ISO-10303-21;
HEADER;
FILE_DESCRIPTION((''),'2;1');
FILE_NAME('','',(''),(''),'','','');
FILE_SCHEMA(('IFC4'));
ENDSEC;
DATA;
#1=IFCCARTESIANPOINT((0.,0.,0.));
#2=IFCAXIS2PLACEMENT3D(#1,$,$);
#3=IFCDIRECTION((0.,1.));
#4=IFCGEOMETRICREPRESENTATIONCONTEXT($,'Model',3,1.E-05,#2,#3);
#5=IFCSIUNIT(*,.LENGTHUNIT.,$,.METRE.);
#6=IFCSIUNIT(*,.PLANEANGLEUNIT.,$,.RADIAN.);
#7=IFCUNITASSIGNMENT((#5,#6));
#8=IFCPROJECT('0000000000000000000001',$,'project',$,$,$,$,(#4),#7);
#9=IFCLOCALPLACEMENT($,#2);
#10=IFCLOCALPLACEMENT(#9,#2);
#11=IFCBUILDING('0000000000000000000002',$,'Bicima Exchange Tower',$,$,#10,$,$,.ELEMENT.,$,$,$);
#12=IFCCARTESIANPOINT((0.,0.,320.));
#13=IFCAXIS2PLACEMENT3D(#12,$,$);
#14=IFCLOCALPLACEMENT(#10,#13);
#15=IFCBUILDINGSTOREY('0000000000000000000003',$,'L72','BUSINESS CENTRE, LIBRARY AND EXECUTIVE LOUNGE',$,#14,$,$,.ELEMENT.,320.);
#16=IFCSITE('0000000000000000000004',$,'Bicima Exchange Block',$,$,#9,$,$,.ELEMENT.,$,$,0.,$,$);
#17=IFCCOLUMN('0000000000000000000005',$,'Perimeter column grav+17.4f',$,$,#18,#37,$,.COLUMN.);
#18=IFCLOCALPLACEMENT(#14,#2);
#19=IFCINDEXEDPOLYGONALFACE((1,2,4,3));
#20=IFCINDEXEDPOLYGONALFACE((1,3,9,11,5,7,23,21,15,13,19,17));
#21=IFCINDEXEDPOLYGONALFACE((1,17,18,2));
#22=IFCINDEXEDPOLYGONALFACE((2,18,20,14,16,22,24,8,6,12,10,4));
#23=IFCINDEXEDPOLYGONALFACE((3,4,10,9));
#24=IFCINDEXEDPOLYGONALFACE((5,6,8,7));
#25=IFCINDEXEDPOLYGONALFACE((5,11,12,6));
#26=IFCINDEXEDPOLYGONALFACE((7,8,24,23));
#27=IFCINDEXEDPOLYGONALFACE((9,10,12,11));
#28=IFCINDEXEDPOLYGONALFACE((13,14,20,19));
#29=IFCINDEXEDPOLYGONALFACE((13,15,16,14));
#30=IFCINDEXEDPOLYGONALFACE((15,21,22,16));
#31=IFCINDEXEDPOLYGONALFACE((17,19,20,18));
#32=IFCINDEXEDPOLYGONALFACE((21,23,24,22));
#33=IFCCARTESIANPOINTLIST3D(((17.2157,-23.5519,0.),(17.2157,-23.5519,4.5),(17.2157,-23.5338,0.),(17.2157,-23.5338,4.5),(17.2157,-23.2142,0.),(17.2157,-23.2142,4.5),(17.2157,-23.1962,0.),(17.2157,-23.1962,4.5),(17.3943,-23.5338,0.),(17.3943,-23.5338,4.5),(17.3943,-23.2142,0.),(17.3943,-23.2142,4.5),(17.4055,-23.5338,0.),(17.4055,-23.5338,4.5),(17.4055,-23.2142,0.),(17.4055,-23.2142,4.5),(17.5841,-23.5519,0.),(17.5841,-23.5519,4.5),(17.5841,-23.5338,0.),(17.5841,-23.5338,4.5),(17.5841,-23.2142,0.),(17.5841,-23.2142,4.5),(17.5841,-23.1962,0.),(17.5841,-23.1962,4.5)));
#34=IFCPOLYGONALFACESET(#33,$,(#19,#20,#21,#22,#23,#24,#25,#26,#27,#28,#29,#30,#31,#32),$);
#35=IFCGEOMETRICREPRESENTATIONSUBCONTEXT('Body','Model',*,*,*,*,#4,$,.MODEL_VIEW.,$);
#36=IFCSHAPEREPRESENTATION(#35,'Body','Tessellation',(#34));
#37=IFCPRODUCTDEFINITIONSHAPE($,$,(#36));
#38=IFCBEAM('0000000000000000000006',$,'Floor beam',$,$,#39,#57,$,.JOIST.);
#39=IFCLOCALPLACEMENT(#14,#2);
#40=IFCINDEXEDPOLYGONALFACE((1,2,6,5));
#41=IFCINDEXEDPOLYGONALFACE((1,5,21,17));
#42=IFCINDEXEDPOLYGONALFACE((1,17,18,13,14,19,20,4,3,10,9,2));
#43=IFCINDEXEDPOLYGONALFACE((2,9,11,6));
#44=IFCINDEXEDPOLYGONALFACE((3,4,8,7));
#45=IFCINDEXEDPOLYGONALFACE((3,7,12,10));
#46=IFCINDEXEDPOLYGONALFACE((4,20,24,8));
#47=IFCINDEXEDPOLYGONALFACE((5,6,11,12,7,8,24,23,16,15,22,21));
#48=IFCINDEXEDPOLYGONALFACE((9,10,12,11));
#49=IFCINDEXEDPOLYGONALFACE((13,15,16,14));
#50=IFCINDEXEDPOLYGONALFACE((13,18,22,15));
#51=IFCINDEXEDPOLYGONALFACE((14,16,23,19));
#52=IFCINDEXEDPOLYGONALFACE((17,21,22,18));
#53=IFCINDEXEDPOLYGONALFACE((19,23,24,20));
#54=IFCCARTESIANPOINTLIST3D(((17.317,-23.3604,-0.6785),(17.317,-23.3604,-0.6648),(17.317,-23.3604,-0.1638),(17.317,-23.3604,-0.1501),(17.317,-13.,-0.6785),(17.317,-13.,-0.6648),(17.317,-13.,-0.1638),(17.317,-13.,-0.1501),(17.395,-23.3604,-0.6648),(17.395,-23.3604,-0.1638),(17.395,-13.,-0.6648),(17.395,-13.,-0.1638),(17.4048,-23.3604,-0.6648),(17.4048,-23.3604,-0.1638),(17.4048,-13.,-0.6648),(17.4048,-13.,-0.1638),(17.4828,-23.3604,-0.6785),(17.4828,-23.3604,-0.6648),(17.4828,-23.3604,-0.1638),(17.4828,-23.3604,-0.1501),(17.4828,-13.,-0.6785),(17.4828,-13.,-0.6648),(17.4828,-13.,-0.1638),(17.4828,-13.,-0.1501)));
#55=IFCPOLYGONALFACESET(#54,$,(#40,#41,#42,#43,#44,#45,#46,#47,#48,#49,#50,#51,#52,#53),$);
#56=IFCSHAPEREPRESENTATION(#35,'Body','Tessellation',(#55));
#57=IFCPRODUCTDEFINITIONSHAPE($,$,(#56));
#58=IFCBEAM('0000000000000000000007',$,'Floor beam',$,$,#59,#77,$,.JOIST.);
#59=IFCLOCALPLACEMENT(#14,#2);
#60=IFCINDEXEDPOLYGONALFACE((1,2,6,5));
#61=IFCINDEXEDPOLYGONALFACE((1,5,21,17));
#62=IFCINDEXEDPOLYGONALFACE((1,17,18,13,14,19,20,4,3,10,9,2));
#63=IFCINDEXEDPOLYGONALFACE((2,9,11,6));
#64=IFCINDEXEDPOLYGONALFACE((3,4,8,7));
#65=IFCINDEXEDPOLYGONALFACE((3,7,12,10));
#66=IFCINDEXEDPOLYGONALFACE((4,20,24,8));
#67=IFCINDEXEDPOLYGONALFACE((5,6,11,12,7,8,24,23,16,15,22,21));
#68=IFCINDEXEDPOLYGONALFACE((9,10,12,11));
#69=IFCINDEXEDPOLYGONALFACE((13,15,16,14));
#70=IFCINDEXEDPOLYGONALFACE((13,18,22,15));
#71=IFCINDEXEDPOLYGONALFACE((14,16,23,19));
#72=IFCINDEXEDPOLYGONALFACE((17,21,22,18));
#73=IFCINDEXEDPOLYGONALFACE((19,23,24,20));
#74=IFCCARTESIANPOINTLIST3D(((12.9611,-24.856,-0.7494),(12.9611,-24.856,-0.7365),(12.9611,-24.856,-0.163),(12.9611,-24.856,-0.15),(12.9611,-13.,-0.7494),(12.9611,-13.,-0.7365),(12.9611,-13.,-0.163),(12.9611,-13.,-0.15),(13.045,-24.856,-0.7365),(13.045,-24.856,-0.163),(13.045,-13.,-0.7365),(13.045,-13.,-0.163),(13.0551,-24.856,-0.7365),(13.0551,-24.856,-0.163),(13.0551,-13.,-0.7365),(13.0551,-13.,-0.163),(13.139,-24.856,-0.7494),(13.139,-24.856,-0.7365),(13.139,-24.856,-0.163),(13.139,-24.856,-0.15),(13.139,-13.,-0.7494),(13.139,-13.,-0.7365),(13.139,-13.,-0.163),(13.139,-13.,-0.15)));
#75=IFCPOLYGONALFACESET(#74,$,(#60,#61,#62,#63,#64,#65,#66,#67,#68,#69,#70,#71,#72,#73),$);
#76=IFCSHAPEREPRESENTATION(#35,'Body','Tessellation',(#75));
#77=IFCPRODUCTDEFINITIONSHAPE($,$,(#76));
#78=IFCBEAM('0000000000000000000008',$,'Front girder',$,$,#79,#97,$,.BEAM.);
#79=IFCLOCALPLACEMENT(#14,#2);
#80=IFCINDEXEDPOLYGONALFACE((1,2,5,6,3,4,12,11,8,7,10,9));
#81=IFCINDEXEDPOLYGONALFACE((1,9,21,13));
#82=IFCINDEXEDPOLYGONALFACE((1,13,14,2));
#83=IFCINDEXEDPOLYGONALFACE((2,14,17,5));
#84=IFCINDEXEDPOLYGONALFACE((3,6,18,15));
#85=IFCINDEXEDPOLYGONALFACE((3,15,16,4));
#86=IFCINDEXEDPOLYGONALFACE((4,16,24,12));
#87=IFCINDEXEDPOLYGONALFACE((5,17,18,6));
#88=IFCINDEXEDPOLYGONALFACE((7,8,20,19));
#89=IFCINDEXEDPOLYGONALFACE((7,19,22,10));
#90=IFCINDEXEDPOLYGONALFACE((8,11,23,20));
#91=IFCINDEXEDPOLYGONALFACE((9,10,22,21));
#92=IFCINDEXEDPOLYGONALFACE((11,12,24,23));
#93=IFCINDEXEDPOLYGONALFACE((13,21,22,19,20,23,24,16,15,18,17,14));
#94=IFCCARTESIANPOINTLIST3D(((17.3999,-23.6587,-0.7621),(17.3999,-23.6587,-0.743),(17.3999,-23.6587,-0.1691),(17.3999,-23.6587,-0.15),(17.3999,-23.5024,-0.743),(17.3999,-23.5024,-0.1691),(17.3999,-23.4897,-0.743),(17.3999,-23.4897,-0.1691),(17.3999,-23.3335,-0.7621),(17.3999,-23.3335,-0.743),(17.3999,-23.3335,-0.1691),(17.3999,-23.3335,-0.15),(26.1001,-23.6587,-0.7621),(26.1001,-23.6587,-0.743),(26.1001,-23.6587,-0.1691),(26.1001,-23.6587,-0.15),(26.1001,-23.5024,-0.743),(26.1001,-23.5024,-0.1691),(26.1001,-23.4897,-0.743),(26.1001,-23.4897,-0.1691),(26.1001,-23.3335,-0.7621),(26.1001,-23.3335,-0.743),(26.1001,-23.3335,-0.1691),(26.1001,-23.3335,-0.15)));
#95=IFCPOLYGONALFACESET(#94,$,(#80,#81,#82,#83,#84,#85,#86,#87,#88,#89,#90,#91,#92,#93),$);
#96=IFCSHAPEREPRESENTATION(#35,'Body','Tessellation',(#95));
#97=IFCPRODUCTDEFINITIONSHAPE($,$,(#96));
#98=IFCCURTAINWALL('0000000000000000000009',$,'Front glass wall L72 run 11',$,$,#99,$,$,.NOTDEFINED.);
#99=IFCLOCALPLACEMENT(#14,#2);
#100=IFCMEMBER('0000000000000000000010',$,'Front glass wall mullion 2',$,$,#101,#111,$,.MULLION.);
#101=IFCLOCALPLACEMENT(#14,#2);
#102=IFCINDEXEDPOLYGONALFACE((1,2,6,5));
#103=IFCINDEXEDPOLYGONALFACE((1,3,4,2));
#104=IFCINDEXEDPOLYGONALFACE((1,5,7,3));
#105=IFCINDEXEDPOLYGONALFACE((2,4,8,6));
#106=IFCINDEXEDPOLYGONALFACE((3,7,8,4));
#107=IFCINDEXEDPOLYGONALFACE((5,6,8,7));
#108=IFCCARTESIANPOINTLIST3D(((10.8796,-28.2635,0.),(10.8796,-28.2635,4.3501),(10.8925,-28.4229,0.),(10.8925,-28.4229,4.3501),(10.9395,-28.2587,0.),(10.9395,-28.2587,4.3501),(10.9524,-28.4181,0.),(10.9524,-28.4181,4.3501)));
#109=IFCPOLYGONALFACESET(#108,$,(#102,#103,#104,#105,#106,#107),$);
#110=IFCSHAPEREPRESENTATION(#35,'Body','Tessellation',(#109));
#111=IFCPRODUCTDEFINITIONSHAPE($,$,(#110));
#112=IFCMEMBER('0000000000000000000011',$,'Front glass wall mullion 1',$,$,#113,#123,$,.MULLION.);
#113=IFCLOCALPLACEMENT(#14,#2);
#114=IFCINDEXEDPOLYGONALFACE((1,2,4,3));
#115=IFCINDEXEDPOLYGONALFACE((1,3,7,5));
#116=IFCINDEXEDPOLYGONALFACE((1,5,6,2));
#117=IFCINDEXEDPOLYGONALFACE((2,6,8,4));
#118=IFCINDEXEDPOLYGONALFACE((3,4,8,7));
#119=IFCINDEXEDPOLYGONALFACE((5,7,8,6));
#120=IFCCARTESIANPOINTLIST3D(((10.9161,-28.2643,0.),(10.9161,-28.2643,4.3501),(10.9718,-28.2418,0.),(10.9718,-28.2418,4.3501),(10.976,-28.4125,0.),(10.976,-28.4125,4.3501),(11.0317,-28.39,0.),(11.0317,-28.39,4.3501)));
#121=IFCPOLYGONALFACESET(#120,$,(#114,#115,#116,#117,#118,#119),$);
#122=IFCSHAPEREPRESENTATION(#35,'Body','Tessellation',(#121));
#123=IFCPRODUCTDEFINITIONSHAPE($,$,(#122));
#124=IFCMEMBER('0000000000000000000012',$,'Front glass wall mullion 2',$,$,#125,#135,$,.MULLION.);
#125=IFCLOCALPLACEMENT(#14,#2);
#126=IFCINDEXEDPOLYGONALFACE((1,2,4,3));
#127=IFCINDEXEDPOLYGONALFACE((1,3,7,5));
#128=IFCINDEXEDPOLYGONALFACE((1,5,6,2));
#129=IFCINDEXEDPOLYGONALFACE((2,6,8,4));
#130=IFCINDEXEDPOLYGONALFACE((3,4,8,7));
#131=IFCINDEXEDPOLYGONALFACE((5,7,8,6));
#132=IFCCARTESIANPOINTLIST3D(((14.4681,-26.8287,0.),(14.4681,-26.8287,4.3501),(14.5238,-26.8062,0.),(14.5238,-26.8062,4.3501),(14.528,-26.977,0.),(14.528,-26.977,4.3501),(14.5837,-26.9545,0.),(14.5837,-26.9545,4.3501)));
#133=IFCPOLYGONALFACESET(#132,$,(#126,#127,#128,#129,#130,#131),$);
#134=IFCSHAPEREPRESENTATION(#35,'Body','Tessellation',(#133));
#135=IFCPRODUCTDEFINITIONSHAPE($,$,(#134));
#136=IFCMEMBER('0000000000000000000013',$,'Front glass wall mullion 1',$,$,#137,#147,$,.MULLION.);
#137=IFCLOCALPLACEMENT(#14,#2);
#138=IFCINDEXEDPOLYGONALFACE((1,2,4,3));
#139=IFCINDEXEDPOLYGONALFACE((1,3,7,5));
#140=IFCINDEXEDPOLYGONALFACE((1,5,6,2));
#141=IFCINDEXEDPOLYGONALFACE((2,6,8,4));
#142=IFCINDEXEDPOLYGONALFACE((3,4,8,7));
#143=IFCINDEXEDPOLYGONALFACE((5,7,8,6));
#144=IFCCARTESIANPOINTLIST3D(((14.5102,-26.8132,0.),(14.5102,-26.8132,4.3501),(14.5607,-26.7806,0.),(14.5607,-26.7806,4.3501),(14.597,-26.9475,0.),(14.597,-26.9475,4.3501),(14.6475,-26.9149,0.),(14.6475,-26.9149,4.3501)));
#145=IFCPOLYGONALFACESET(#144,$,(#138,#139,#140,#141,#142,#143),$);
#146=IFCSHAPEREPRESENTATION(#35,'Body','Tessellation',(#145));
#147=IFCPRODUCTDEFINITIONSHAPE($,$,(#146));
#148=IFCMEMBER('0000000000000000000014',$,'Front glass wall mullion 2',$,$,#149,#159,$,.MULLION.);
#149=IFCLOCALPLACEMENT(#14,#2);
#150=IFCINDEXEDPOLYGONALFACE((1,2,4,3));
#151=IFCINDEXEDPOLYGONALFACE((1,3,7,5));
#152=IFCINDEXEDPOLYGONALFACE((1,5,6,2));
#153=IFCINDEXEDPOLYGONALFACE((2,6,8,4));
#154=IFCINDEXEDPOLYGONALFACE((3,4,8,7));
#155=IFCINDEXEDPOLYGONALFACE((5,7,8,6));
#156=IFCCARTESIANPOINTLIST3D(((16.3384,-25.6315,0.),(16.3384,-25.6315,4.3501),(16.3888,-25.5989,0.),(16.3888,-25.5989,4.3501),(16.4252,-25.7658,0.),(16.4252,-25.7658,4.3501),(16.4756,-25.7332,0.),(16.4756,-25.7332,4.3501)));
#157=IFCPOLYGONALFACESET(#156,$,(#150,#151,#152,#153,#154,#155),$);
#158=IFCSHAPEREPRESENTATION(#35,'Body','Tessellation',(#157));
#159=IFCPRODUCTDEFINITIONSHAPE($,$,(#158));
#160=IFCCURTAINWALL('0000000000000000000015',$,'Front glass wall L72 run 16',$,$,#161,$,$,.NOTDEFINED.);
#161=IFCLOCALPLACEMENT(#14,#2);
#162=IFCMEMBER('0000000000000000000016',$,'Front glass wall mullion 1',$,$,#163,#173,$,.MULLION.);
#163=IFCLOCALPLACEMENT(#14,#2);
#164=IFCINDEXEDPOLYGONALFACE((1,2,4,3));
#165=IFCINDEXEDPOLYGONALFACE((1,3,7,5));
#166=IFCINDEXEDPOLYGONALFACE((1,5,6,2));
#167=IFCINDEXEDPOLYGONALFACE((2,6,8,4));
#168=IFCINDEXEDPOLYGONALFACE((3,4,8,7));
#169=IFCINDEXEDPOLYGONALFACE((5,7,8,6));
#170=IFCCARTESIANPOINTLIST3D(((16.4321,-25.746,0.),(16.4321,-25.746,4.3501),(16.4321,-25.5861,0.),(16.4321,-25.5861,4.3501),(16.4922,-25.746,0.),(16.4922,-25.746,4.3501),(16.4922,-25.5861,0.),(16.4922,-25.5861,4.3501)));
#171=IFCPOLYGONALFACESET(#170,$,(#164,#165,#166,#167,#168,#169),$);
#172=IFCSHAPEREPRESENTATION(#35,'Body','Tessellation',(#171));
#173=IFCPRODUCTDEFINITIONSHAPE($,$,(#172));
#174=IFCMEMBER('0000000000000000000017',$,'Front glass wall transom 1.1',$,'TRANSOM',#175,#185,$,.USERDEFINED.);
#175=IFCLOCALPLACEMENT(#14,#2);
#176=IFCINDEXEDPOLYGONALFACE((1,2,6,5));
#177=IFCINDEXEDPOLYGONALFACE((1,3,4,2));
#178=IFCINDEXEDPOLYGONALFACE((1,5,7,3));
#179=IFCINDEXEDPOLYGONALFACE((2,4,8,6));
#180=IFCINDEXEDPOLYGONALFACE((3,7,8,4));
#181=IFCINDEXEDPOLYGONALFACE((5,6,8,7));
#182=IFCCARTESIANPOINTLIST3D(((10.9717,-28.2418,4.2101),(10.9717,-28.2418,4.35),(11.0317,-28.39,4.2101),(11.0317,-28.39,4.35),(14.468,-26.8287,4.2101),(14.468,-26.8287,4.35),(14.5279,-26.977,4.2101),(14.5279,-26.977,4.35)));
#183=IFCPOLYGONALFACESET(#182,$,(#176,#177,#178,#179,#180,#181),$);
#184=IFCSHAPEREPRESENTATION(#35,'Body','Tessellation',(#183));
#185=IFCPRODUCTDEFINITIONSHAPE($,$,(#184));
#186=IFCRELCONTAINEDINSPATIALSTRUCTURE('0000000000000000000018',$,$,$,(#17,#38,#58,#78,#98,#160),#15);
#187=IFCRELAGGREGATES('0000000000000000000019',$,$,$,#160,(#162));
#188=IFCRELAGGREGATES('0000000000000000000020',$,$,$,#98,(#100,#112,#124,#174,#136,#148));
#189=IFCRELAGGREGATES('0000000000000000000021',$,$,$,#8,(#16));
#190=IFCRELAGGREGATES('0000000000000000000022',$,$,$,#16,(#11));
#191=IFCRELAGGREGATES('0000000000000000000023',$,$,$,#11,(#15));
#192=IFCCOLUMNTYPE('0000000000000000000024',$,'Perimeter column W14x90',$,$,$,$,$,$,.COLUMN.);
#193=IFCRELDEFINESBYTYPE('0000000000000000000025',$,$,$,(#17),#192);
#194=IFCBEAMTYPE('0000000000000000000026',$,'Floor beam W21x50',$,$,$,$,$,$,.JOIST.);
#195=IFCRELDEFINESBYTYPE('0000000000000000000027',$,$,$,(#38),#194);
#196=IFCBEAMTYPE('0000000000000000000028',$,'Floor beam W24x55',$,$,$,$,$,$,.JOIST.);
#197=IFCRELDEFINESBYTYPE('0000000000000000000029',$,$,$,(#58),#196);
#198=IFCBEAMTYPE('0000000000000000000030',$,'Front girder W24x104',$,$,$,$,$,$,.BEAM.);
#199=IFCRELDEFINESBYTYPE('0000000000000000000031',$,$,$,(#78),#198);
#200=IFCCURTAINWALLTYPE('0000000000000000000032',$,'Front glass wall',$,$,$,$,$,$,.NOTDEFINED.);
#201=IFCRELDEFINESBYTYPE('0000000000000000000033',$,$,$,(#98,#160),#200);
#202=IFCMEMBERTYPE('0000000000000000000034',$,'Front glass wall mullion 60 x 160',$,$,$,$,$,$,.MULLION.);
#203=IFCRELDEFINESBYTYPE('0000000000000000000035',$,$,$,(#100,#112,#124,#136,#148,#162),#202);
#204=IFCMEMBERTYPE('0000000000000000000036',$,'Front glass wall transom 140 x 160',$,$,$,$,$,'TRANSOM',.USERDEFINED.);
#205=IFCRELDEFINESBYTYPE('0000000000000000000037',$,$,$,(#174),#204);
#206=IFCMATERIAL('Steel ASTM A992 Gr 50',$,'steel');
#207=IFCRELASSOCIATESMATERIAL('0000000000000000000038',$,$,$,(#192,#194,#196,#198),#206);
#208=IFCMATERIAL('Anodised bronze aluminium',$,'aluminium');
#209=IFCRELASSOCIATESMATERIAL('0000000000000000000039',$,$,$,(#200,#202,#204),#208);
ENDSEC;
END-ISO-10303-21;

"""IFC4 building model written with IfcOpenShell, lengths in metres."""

from ifc_helpers import new_model, si_unit, direction, frame, origin, origin_2d, place, context, subcontext, project, spatial, rectangle, i_section, extrude, material, material_profile, profile_set, type_object, element, aggregate, save


model = new_model("IFC4")

# Units and contexts
model_context = context("Model", 3, precision=1e-05, world=origin(), true_north=direction((0.0, 1.0)))
body_context = subcontext(model_context, "Body", "Model", "MODEL_VIEW")
ifc_project = project(units=[si_unit("LENGTHUNIT", "METRE"), si_unit("PLANEANGLEUNIT", "RADIAN")], contexts=[model_context])

# Site, building, storey
site_placement = place(None, origin())
site = spatial("IfcSite", under=ifc_project, at=site_placement, Name="Bicima Exchange Block", CompositionType="ELEMENT", RefElevation=0.0)
building_placement = place(site_placement, origin())
building = spatial("IfcBuilding", under=site, at=building_placement, Name="Bicima Exchange Tower", CompositionType="ELEMENT")
storey_placement = place(building_placement, frame((0.0, 0.0, 320.0)))
storey = spatial("IfcBuildingStorey", under=building, at=storey_placement, Name="L72", Description="BUSINESS CENTRE, LIBRARY AND EXECUTIVE LOUNGE", CompositionType="ELEMENT", Elevation=320.0)

# Column
ifc_material_1 = material(Name="Steel ASTM A992 Gr 50", Category="steel")
ifc_material_profile_1 = material_profile(ifc_material_1, i_section(OverallWidth=0.3684, OverallDepth=0.3557, WebThickness=0.0112, FlangeThickness=0.0181, at=origin_2d()))
ifc_profile_set_1 = profile_set([ifc_material_profile_1], Name="Steel ASTM A992 Gr 50")
column_type = type_object("IfcColumnType", Name="Perimeter column W14x90", PredefinedType="COLUMN", material=ifc_profile_set_1)
column_placement = place(storey_placement, frame((17.3999, -23.374, 0.0), z_axis=(0.0, 0.0, 1.0), x_axis=(1.0, 0.0, 0.0)))
element("IfcColumn", 1, at=column_placement, inside=storey, type_object=column_type, Name="Perimeter column grav+17.4f", PredefinedType="COLUMN", context=body_context, shape_type="SweptSolid", body=[
    extrude(i_section(OverallWidth=0.3684, OverallDepth=0.3557, WebThickness=0.0112, FlangeThickness=0.0181, at=origin_2d()), origin(), (0.0, 0.0, 1.0), 4.5),
])

# Beams
ifc_material_profile_2 = material_profile(ifc_material_1, i_section(OverallWidth=0.1658, OverallDepth=0.5283, WebThickness=0.0098, FlangeThickness=0.0137, at=origin_2d()))
ifc_profile_set_2 = profile_set([ifc_material_profile_2], Name="Steel ASTM A992 Gr 50")
beam_type_1 = type_object("IfcBeamType", Name="Floor beam W21x50", PredefinedType="JOIST", material=ifc_profile_set_2)
beam_1_placement = place(storey_placement, frame((17.3999, -13.0, -0.4143), z_axis=(0.0, -1.0, 0.0), x_axis=(1.0, 0.0, 0.0)))
element("IfcBeam", 2, at=beam_1_placement, inside=storey, type_object=beam_type_1, Name="Floor beam", PredefinedType="JOIST", context=body_context, shape_type="SweptSolid", body=[
    extrude(i_section(OverallWidth=0.1658, OverallDepth=0.5283, WebThickness=0.0098, FlangeThickness=0.0137, at=origin_2d()), origin(), (0.0, 0.0, 1.0), 10.3604),
])
ifc_material_profile_3 = material_profile(ifc_material_1, i_section(OverallWidth=0.178, OverallDepth=0.5994, WebThickness=0.01, FlangeThickness=0.0129, at=origin_2d()))
ifc_profile_set_3 = profile_set([ifc_material_profile_3], Name="Steel ASTM A992 Gr 50")
beam_type_2 = type_object("IfcBeamType", Name="Floor beam W24x55", PredefinedType="JOIST", material=ifc_profile_set_3)
beam_2_placement = place(storey_placement, frame((13.05, -13.0, -0.4497), z_axis=(0.0, -1.0, 0.0), x_axis=(1.0, 0.0, 0.0)))
element("IfcBeam", 3, at=beam_2_placement, inside=storey, type_object=beam_type_2, Name="Floor beam", PredefinedType="JOIST", context=body_context, shape_type="SweptSolid", body=[
    extrude(i_section(OverallWidth=0.178, OverallDepth=0.5994, WebThickness=0.01, FlangeThickness=0.0129, at=origin_2d()), origin(), (0.0, 0.0, 1.0), 11.856),
])
ifc_material_profile_4 = material_profile(ifc_material_1, i_section(OverallWidth=0.3252, OverallDepth=0.6121, WebThickness=0.0127, FlangeThickness=0.019, at=origin_2d()))
ifc_profile_set_4 = profile_set([ifc_material_profile_4], Name="Steel ASTM A992 Gr 50")
beam_type_3 = type_object("IfcBeamType", Name="Front girder W24x104", PredefinedType="BEAM", material=ifc_profile_set_4)
beam_3_placement = place(storey_placement, frame((17.3999, -23.4961, -0.4561), z_axis=(1.0, 0.0, 0.0), x_axis=(0.0, 1.0, 0.0)))
element("IfcBeam", 4, at=beam_3_placement, inside=storey, type_object=beam_type_3, Name="Front girder", PredefinedType="BEAM", context=body_context, shape_type="SweptSolid", body=[
    extrude(i_section(OverallWidth=0.3252, OverallDepth=0.6121, WebThickness=0.0127, FlangeThickness=0.019, at=origin_2d()), origin(), (0.0, 0.0, 1.0), 8.7002),
])

# Curtain wall, members
ifc_material_2 = material(Name="Anodised bronze aluminium", Category="aluminium")
curtain_wall_type = type_object("IfcCurtainWallType", Name="Front glass wall", PredefinedType="NOTDEFINED", material=ifc_material_2)
curtain_wall_1_placement = place(storey_placement, origin())
curtain_wall_1 = element("IfcCurtainWall", 5, at=curtain_wall_1_placement, inside=storey, type_object=curtain_wall_type, Name="Front glass wall L72 run 11", PredefinedType="NOTDEFINED")
ifc_material_profile_5 = material_profile(ifc_material_2, rectangle(XDim=0.1599, YDim=0.0601, at=origin_2d()))
ifc_profile_set_5 = profile_set([ifc_material_profile_5], Name="Anodised bronze aluminium")
member_type_1 = type_object("IfcMemberType", Name="Front glass wall mullion 60 x 160", PredefinedType="MULLION", material=ifc_profile_set_5)
member_1_placement = place(storey_placement, frame((10.916, -28.3408, 0.0), z_axis=(0.0, 0.0, 1.0), x_axis=(-0.080589, 0.996747, 0.0)))
member_1 = element("IfcMember", 6, at=member_1_placement, type_object=member_type_1, Name="Front glass wall mullion 2", PredefinedType="MULLION", context=body_context, shape_type="SweptSolid", body=[
    extrude(rectangle(XDim=0.1599, YDim=0.0601, at=origin_2d()), origin(), (0.0, 0.0, 1.0), 4.3501),
])
member_2_placement = place(storey_placement, frame((10.9739, -28.3271, 0.0), z_axis=(0.0, 0.0, 1.0), x_axis=(-0.374705, 0.927144, 0.0)))
member_2 = element("IfcMember", 7, at=member_2_placement, type_object=member_type_1, Name="Front glass wall mullion 1", PredefinedType="MULLION", context=body_context, shape_type="SweptSolid", body=[
    extrude(rectangle(XDim=0.1599, YDim=0.0601, at=origin_2d()), origin(), (0.0, 0.0, 1.0), 4.3501),
])
member_3_placement = place(storey_placement, frame((14.5259, -26.8916, 0.0), z_axis=(0.0, 0.0, 1.0), x_axis=(-0.374705, 0.927144, 0.0)))
member_3 = element("IfcMember", 8, at=member_3_placement, type_object=member_type_1, Name="Front glass wall mullion 2", PredefinedType="MULLION", context=body_context, shape_type="SweptSolid", body=[
    extrude(rectangle(XDim=0.1599, YDim=0.0601, at=origin_2d()), origin(), (0.0, 0.0, 1.0), 4.3501),
])
member_4_placement = place(storey_placement, frame((14.5789, -26.864, 0.0), z_axis=(0.0, 0.0, 1.0), x_axis=(-0.542909, 0.839791, 0.0)))
member_4 = element("IfcMember", 9, at=member_4_placement, type_object=member_type_1, Name="Front glass wall mullion 1", PredefinedType="MULLION", context=body_context, shape_type="SweptSolid", body=[
    extrude(rectangle(XDim=0.1599, YDim=0.0601, at=origin_2d()), origin(), (0.0, 0.0, 1.0), 4.3501),
])
member_5_placement = place(storey_placement, frame((16.407, -25.6824, 0.0), z_axis=(0.0, 0.0, 1.0), x_axis=(-0.542909, 0.839791, 0.0)))
member_5 = element("IfcMember", 10, at=member_5_placement, type_object=member_type_1, Name="Front glass wall mullion 2", PredefinedType="MULLION", context=body_context, shape_type="SweptSolid", body=[
    extrude(rectangle(XDim=0.1599, YDim=0.0601, at=origin_2d()), origin(), (0.0, 0.0, 1.0), 4.3501),
])

# Curtain wall, member
curtain_wall_2_placement = place(storey_placement, origin())
curtain_wall_2 = element("IfcCurtainWall", 11, at=curtain_wall_2_placement, inside=storey, type_object=curtain_wall_type, Name="Front glass wall L72 run 16", PredefinedType="NOTDEFINED")
member_6_placement = place(storey_placement, frame((16.4622, -25.666, 0.0), z_axis=(0.0, 0.0, 1.0), x_axis=(0.0, 1.0, 0.0)))
member_6 = element("IfcMember", 12, at=member_6_placement, type_object=member_type_1, Name="Front glass wall mullion 1", PredefinedType="MULLION", context=body_context, shape_type="SweptSolid", body=[
    extrude(rectangle(XDim=0.1599, YDim=0.0601, at=origin_2d()), origin(), (0.0, 0.0, 1.0), 4.3501),
])

# Member
ifc_material_profile_6 = material_profile(ifc_material_2, rectangle(XDim=0.1599, YDim=0.1399, at=origin_2d()))
ifc_profile_set_6 = profile_set([ifc_material_profile_6], Name="Anodised bronze aluminium")
member_type_2 = type_object("IfcMemberType", Name="Front glass wall transom 140 x 160", ElementType="TRANSOM", PredefinedType="USERDEFINED", material=ifc_profile_set_6)
member_7_placement = place(storey_placement, frame((11.0017, -28.3159, 4.28), z_axis=(0.92714, 0.374715, 0.0), x_axis=(-0.374715, 0.92714, 0.0)))
member_7 = element("IfcMember", 13, at=member_7_placement, type_object=member_type_2, Name="Front glass wall transom 1.1", ObjectType="TRANSOM", PredefinedType="USERDEFINED", context=body_context, shape_type="SweptSolid", body=[
    extrude(rectangle(XDim=0.1599, YDim=0.1399, at=origin_2d()), origin(), (0.0, 0.0, 1.0), 3.771),
])
aggregate(curtain_wall_2, [member_6])

aggregate(curtain_wall_1, [member_1, member_2, member_3, member_7, member_4, member_5])

save(model, "model.ifc")
